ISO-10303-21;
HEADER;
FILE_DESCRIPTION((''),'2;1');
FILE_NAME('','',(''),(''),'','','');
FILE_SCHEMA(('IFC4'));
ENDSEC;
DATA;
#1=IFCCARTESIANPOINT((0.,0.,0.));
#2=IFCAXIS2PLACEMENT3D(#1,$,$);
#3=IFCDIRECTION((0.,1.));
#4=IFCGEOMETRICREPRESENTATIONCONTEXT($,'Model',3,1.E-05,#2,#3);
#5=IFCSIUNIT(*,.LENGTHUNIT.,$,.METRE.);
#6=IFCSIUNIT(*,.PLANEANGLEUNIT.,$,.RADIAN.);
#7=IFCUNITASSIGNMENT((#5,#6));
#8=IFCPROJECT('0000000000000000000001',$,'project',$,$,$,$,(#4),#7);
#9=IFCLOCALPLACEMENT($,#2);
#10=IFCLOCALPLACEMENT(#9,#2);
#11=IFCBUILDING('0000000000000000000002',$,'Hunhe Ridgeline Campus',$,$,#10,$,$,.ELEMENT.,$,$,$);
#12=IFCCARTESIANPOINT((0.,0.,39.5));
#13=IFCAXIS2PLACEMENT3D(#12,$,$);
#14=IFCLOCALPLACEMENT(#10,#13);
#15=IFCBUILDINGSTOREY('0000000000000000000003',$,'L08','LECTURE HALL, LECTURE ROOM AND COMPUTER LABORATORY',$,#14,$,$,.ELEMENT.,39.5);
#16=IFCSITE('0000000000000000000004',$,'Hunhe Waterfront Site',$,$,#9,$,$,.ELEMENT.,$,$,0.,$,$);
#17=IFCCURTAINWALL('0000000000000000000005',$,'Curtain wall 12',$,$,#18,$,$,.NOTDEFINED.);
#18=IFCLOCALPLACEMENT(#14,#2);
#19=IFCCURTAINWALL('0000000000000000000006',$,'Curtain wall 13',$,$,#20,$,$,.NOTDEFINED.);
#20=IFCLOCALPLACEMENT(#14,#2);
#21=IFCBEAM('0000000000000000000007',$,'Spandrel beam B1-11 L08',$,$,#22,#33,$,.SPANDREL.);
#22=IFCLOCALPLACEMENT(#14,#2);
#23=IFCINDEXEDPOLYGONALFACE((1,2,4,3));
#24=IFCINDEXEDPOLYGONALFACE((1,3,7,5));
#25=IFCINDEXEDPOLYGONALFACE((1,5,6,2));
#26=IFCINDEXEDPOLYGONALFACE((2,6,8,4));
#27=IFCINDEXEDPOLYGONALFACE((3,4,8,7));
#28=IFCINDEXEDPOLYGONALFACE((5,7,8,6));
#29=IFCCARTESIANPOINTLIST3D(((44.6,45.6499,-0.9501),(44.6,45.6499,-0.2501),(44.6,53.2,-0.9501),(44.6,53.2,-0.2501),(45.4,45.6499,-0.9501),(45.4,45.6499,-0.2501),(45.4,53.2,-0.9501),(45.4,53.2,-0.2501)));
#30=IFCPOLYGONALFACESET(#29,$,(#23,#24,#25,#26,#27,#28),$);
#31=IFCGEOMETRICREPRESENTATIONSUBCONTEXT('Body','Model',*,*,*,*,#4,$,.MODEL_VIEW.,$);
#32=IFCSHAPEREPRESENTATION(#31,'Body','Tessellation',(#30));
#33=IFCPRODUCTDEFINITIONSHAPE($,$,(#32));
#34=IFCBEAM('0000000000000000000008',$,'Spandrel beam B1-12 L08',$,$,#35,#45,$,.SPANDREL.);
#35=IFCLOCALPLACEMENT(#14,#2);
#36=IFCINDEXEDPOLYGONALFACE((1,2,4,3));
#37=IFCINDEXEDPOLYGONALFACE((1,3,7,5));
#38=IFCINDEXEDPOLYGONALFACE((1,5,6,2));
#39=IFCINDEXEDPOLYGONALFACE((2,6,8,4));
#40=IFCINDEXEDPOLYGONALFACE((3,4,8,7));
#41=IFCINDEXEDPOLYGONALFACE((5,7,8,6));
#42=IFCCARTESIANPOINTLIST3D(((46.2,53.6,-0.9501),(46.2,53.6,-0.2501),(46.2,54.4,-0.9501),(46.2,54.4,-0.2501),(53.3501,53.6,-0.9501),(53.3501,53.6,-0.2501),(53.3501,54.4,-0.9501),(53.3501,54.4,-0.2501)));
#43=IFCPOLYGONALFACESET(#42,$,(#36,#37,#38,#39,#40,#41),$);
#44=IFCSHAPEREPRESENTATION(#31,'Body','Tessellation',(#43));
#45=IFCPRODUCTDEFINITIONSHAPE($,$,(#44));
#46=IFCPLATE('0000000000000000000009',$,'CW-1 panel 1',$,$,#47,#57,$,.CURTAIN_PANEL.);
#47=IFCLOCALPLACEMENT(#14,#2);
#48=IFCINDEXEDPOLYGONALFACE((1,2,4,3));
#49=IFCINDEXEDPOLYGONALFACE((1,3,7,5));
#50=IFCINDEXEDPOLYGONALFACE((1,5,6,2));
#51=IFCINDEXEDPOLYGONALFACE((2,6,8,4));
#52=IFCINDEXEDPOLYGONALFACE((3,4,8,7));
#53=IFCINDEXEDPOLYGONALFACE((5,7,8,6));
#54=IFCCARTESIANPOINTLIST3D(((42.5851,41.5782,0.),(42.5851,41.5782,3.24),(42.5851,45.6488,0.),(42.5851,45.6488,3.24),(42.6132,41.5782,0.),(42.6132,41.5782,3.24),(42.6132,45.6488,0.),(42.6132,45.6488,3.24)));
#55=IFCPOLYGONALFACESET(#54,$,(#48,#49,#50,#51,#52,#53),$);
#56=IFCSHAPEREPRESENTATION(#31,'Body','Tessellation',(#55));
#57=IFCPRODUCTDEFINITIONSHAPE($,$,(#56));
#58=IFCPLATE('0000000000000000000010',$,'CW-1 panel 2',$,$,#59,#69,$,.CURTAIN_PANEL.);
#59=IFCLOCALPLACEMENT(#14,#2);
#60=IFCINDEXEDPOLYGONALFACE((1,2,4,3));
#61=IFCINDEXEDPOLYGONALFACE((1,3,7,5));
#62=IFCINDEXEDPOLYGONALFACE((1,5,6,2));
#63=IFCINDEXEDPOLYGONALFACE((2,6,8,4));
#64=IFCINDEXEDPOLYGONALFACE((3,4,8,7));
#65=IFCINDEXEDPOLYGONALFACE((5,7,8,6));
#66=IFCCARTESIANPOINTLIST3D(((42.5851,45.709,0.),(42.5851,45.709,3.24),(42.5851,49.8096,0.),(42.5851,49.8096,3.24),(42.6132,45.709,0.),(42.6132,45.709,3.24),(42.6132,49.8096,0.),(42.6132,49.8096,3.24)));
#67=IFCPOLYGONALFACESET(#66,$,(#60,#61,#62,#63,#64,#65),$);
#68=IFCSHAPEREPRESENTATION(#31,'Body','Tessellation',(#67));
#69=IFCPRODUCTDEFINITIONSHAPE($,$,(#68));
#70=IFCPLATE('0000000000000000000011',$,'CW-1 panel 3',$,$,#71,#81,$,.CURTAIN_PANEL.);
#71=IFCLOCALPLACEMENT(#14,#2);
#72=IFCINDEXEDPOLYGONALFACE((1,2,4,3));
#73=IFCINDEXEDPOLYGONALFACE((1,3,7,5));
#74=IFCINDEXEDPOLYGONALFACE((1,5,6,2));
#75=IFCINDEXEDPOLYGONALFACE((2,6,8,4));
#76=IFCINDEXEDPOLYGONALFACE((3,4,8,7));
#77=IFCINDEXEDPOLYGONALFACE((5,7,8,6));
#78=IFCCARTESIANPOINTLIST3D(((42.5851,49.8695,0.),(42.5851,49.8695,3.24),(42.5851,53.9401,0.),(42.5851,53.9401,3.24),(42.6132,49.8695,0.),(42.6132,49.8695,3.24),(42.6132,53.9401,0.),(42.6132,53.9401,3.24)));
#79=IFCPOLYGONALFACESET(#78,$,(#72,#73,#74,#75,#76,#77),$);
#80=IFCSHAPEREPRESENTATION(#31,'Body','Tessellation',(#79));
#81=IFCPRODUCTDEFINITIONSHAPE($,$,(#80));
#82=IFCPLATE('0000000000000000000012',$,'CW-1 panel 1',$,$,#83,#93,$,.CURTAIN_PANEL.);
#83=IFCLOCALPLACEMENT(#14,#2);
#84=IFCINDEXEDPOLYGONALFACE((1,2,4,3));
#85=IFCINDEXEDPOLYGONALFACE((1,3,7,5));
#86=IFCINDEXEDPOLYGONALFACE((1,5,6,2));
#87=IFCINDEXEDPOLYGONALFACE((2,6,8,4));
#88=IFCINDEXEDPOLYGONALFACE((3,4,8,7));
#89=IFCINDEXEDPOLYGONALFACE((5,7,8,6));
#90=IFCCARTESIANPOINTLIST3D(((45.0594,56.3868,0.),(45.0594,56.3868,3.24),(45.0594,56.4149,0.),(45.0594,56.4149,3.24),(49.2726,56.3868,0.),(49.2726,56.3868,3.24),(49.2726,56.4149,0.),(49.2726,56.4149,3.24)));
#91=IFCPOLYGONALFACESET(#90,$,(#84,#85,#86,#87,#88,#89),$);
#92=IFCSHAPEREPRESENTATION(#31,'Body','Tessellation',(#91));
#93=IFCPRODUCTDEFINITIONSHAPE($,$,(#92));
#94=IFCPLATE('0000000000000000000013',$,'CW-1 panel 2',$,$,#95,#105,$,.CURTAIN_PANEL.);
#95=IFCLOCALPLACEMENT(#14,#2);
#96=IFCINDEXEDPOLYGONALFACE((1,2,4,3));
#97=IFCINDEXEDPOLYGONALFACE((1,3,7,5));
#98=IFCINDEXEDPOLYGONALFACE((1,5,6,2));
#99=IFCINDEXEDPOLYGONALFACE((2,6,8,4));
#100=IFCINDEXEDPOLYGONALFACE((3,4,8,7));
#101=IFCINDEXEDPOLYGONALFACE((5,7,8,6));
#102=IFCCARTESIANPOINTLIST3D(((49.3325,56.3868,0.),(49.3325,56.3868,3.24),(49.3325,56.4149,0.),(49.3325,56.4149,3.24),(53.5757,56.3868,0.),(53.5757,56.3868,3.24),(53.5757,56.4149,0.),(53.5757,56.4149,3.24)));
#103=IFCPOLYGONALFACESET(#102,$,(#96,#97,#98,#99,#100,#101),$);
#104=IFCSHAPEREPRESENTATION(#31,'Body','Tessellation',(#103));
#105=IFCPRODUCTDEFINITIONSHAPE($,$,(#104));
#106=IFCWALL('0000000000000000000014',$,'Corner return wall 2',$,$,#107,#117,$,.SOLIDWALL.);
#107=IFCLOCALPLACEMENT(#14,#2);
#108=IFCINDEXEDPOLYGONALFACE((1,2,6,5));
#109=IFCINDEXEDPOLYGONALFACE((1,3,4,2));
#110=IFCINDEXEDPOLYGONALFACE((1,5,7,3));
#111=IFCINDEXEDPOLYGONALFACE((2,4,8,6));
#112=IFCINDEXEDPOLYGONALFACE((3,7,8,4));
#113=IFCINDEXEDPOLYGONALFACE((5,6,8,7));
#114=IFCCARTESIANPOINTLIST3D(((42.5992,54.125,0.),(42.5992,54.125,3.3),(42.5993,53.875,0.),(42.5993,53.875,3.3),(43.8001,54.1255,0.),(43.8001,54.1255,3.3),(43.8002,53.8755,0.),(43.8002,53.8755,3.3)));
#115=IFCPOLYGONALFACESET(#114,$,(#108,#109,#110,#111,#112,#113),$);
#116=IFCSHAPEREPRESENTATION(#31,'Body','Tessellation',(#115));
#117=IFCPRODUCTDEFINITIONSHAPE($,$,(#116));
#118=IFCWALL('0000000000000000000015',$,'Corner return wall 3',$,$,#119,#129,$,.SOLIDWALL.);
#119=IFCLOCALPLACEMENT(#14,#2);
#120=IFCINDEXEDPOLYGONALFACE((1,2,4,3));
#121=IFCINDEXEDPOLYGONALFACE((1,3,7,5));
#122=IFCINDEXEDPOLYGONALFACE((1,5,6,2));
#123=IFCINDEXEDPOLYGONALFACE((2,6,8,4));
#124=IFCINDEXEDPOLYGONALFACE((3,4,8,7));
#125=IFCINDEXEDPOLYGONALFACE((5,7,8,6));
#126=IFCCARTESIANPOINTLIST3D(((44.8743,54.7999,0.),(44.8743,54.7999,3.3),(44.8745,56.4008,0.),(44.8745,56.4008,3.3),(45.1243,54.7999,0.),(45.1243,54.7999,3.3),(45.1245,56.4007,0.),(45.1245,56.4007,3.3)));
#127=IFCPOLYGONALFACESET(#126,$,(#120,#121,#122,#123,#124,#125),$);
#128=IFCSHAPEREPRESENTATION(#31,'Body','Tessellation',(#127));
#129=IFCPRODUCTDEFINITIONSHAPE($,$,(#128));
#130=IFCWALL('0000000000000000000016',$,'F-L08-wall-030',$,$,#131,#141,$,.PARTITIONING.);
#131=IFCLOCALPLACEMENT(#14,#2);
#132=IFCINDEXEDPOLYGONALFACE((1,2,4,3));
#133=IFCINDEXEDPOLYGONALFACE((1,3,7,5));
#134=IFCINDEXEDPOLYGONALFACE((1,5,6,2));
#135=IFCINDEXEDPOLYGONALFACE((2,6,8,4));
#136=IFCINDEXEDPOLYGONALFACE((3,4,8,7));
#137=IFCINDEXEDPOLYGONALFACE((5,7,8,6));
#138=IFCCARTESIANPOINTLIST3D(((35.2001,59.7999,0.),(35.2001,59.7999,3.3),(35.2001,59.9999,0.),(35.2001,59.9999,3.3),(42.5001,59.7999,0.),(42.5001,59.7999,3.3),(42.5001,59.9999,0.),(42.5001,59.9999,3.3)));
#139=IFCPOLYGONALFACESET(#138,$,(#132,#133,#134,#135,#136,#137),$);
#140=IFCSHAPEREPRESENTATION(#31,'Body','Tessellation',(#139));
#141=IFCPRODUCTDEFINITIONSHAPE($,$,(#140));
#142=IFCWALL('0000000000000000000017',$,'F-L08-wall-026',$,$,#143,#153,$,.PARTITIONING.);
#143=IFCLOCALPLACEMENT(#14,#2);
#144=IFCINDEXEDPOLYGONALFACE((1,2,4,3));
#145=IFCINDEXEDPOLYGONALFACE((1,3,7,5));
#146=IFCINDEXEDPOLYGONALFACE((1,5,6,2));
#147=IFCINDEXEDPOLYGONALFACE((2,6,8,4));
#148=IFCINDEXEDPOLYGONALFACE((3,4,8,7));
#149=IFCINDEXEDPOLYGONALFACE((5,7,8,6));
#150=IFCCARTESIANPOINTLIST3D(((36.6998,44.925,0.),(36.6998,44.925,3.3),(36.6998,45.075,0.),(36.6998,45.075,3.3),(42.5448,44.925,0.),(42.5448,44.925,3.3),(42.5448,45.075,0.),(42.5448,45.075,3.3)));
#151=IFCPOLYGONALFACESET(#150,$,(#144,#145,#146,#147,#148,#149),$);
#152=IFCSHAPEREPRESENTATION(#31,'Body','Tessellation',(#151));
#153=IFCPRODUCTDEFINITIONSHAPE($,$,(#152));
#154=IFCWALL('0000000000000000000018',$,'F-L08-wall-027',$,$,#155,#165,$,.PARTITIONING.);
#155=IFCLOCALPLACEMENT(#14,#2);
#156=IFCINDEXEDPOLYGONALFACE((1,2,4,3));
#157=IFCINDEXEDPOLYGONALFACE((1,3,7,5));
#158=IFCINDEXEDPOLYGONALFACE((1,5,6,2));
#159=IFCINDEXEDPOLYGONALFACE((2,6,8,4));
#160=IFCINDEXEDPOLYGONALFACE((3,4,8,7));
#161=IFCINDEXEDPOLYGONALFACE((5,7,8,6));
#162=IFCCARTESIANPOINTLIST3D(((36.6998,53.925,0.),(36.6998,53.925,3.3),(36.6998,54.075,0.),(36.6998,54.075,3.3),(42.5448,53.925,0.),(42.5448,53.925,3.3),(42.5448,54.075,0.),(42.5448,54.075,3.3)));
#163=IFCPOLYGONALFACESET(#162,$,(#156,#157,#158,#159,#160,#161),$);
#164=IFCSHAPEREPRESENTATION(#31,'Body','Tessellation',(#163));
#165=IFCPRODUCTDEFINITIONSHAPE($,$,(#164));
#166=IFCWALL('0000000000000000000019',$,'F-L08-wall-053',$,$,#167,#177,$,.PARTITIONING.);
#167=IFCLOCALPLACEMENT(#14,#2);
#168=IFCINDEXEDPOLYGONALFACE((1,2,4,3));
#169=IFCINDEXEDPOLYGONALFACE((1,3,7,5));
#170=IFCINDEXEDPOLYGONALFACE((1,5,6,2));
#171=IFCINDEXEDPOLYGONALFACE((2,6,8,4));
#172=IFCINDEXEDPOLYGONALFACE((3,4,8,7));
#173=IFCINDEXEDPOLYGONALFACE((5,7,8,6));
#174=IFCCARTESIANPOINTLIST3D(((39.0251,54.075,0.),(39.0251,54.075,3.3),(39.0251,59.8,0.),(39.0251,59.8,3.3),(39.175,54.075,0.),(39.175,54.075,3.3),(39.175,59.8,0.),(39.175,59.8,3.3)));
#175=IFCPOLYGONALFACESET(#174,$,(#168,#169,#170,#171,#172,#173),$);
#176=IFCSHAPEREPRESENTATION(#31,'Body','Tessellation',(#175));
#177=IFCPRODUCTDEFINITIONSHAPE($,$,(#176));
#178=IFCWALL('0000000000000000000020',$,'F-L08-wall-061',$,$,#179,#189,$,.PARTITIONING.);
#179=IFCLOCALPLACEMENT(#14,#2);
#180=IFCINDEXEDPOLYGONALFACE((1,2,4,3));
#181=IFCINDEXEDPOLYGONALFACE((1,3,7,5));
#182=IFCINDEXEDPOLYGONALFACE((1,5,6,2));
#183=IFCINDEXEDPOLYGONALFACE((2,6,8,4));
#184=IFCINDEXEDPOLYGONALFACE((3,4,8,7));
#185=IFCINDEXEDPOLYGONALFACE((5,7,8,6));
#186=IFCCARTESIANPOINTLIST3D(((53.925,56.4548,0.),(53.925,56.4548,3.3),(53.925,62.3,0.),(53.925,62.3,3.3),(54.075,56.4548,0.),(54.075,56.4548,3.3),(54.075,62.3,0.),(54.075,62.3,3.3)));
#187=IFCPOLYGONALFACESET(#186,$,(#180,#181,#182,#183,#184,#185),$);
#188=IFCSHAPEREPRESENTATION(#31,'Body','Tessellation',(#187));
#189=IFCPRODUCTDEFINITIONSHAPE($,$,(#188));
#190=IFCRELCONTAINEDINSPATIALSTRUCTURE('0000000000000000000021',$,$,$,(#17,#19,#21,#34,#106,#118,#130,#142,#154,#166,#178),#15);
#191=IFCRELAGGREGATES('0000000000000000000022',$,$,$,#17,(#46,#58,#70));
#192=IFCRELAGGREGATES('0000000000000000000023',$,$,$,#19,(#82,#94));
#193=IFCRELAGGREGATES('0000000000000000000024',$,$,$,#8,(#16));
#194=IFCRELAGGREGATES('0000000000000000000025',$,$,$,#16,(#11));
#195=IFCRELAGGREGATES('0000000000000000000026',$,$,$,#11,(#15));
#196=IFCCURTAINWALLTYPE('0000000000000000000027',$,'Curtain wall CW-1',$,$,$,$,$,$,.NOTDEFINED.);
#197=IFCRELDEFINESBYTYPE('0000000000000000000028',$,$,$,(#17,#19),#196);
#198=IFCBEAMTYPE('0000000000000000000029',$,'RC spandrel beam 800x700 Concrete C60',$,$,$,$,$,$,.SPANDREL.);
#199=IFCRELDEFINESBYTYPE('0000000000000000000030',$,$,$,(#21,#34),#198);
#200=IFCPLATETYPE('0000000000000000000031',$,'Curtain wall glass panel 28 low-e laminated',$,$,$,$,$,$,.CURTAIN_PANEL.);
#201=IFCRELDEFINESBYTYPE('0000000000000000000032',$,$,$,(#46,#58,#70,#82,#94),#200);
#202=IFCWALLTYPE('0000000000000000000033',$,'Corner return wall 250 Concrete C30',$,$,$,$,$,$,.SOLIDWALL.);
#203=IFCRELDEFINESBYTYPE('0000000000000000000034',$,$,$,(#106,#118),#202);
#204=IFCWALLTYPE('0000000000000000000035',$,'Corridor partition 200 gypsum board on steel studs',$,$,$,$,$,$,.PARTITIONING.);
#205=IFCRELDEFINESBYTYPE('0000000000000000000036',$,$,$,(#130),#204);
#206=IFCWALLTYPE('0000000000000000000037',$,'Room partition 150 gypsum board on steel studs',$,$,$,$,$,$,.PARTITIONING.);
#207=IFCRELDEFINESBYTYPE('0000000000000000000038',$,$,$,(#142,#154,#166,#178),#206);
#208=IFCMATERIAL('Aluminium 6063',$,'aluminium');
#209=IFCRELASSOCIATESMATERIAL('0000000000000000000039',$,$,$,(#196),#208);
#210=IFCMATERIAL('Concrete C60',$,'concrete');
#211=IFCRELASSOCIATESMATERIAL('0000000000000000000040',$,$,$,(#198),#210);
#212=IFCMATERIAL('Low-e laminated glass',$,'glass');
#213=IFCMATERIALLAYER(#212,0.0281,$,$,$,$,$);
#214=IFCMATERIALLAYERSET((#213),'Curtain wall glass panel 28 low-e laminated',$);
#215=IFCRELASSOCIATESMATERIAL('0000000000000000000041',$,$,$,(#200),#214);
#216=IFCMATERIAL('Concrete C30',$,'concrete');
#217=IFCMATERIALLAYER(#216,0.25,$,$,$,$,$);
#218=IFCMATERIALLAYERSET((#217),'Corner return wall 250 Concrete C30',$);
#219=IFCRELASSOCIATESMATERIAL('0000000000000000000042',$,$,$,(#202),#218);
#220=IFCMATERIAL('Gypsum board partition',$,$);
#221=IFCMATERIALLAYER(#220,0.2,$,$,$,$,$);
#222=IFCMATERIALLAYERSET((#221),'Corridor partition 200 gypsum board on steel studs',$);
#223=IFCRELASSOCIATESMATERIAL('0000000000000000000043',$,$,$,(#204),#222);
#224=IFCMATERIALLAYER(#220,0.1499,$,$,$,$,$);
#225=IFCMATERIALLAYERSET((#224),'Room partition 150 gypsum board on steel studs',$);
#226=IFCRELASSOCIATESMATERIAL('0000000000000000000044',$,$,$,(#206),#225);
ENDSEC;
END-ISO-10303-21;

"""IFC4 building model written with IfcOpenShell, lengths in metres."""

from ifc_helpers import new_model, si_unit, direction, frame, frame_2d, origin, origin_2d, place, context, subcontext, project, spatial, rectangle, extrude, material, layer, layer_set, material_profile, profile_set, type_object, element, aggregate, save


model = new_model("IFC4")

# Units and contexts
model_context = context("Model", 3, precision=1e-05, world=origin(), true_north=direction((0.0, 1.0)))
body_context = subcontext(model_context, "Body", "Model", "MODEL_VIEW")
ifc_project = project(units=[si_unit("LENGTHUNIT", "METRE"), si_unit("PLANEANGLEUNIT", "RADIAN")], contexts=[model_context])

# Site, building, storey
site_placement = place(None, origin())
site = spatial("IfcSite", under=ifc_project, at=site_placement, Name="Hunhe Waterfront Site", CompositionType="ELEMENT", RefElevation=0.0)
building_placement = place(site_placement, origin())
building = spatial("IfcBuilding", under=site, at=building_placement, Name="Hunhe Ridgeline Campus", CompositionType="ELEMENT")
storey_placement = place(building_placement, frame((0.0, 0.0, 39.5)))
storey = spatial("IfcBuildingStorey", under=building, at=storey_placement, Name="L08", Description="LECTURE HALL, LECTURE ROOM AND COMPUTER LABORATORY", CompositionType="ELEMENT", Elevation=39.5)

# Curtain walls
ifc_material_1 = material(Name="Aluminium 6063", Category="aluminium")
curtain_wall_type = type_object("IfcCurtainWallType", Name="Curtain wall CW-1", PredefinedType="NOTDEFINED", material=ifc_material_1)
curtain_wall_1_placement = place(storey_placement, origin())
curtain_wall_1 = element("IfcCurtainWall", 1, at=curtain_wall_1_placement, inside=storey, type_object=curtain_wall_type, Name="Curtain wall 12", PredefinedType="NOTDEFINED")
curtain_wall_2_placement = place(storey_placement, origin())
curtain_wall_2 = element("IfcCurtainWall", 2, at=curtain_wall_2_placement, inside=storey, type_object=curtain_wall_type, Name="Curtain wall 13", PredefinedType="NOTDEFINED")

# Beams
ifc_material_2 = material(Name="Concrete C60", Category="concrete")
ifc_material_profile_1 = material_profile(ifc_material_2, rectangle(XDim=0.8, YDim=0.7, at=origin_2d()))
ifc_profile_set_1 = profile_set([ifc_material_profile_1], Name="Concrete C60")
beam_type = type_object("IfcBeamType", Name="RC spandrel beam 800x700 Concrete C60", PredefinedType="SPANDREL", material=ifc_profile_set_1)
beam_1_placement = place(storey_placement, frame((45.0, 45.6499, -0.6001), z_axis=(0.0, 1.0, 0.0), x_axis=(-1.0, 0.0, 0.0)))
element("IfcBeam", 3, at=beam_1_placement, inside=storey, type_object=beam_type, Name="Spandrel beam B1-11 L08", PredefinedType="SPANDREL", context=body_context, shape_type="SweptSolid", body=[
    extrude(rectangle(XDim=0.8, YDim=0.7, at=origin_2d()), origin(), (0.0, 0.0, 1.0), 7.55),
])
beam_2_placement = place(storey_placement, frame((46.2, 54.0, -0.6001), z_axis=(1.0, 0.0, 0.0), x_axis=(0.0, 1.0, 0.0)))
element("IfcBeam", 4, at=beam_2_placement, inside=storey, type_object=beam_type, Name="Spandrel beam B1-12 L08", PredefinedType="SPANDREL", context=body_context, shape_type="SweptSolid", body=[
    extrude(rectangle(XDim=0.8, YDim=0.7, at=origin_2d()), origin(), (0.0, 0.0, 1.0), 7.1501),
])

# Plates
ifc_material_3 = material(Name="Low-e laminated glass", Category="glass")
ifc_layer_1 = layer(ifc_material_3, 0.0281)
ifc_layer_set_1 = layer_set([ifc_layer_1], Name="Curtain wall glass panel 28 low-e laminated")
plate_type = type_object("IfcPlateType", Name="Curtain wall glass panel 28 low-e laminated", PredefinedType="CURTAIN_PANEL", material=ifc_layer_set_1)
plate_1_placement = place(storey_placement, frame((42.5991, 43.6135, 0.0), z_axis=(0.0, 0.0, 1.0), x_axis=(0.0, 1.0, 0.0)))
plate_1 = element("IfcPlate", 5, at=plate_1_placement, type_object=plate_type, Name="CW-1 panel 1", PredefinedType="CURTAIN_PANEL", context=body_context, shape_type="SweptSolid", body=[
    extrude(rectangle(XDim=4.0706, YDim=0.0281, at=origin_2d()), origin(), (0.0, 0.0, 1.0), 3.24),
])
plate_2_placement = place(storey_placement, frame((42.5991, 47.7593, 0.0), z_axis=(0.0, 0.0, 1.0), x_axis=(0.0, 1.0, 0.0)))
plate_2 = element("IfcPlate", 6, at=plate_2_placement, type_object=plate_type, Name="CW-1 panel 2", PredefinedType="CURTAIN_PANEL", context=body_context, shape_type="SweptSolid", body=[
    extrude(rectangle(XDim=4.1006, YDim=0.0281, at=origin_2d()), origin(), (0.0, 0.0, 1.0), 3.24),
])
plate_3_placement = place(storey_placement, frame((42.5991, 51.9048, 0.0), z_axis=(0.0, 0.0, 1.0), x_axis=(0.0, 1.0, 0.0)))
plate_3 = element("IfcPlate", 7, at=plate_3_placement, type_object=plate_type, Name="CW-1 panel 3", PredefinedType="CURTAIN_PANEL", context=body_context, shape_type="SweptSolid", body=[
    extrude(rectangle(XDim=4.0706, YDim=0.0281, at=origin_2d()), origin(), (0.0, 0.0, 1.0), 3.24),
])
aggregate(curtain_wall_1, [plate_1, plate_2, plate_3])
plate_4_placement = place(storey_placement, frame((47.166, 56.4009, 0.0), z_axis=(0.0, 0.0, 1.0), x_axis=(1.0, 0.000004, 0.0)))
plate_4 = element("IfcPlate", 8, at=plate_4_placement, type_object=plate_type, Name="CW-1 panel 1", PredefinedType="CURTAIN_PANEL", context=body_context, shape_type="SweptSolid", body=[
    extrude(rectangle(XDim=4.2131, YDim=0.0281, at=origin_2d()), origin(), (0.0, 0.0, 1.0), 3.24),
])
plate_5_placement = place(storey_placement, frame((51.4541, 56.4009, 0.0), z_axis=(0.0, 0.0, 1.0), x_axis=(1.0, 0.000004, 0.0)))
plate_5 = element("IfcPlate", 9, at=plate_5_placement, type_object=plate_type, Name="CW-1 panel 2", PredefinedType="CURTAIN_PANEL", context=body_context, shape_type="SweptSolid", body=[
    extrude(rectangle(XDim=4.2432, YDim=0.0281, at=origin_2d()), origin(), (0.0, 0.0, 1.0), 3.24),
])
aggregate(curtain_wall_2, [plate_4, plate_5])

# Walls
ifc_material_4 = material(Name="Concrete C30", Category="concrete")
ifc_layer_2 = layer(ifc_material_4, 0.25)
ifc_layer_set_2 = layer_set([ifc_layer_2], Name="Corner return wall 250 Concrete C30")
wall_type_1 = type_object("IfcWallType", Name="Corner return wall 250 Concrete C30", PredefinedType="SOLIDWALL", material=ifc_layer_set_2)
wall_1_placement = place(storey_placement, frame((42.5991, 54.0, 0.0), z_axis=(0.0, 0.0, 1.0), x_axis=(1.0, 0.000407, 0.0)))
element("IfcWall", 10, at=wall_1_placement, inside=storey, type_object=wall_type_1, Name="Corner return wall 2", PredefinedType="SOLIDWALL", context=body_context, shape_type="SweptSolid", body=[
    extrude(rectangle(XDim=1.2009, YDim=0.25, at=frame_2d((0.6006, 0.0))), origin(), (0.0, 0.0, 1.0), 3.3),
])
wall_2_placement = place(storey_placement, frame((44.9993, 54.8, 0.0), z_axis=(0.0, 0.0, 1.0), x_axis=(0.000153, 1.0, 0.0)))
element("IfcWall", 11, at=wall_2_placement, inside=storey, type_object=wall_type_1, Name="Corner return wall 3", PredefinedType="SOLIDWALL", context=body_context, shape_type="SweptSolid", body=[
    extrude(rectangle(XDim=1.6008, YDim=0.25, at=frame_2d((0.8003, 0.0))), origin(), (0.0, 0.0, 1.0), 3.3),
])
ifc_material_5 = material(Name="Gypsum board partition")
ifc_layer_3 = layer(ifc_material_5, 0.2)
ifc_layer_set_3 = layer_set([ifc_layer_3], Name="Corridor partition 200 gypsum board on steel studs")
wall_type_2 = type_object("IfcWallType", Name="Corridor partition 200 gypsum board on steel studs", PredefinedType="PARTITIONING", material=ifc_layer_set_3)
wall_3_placement = place(storey_placement, frame((42.5, 59.8999, 0.0), z_axis=(0.0, 0.0, 1.0), x_axis=(-1.0, 0.0, 0.0)))
element("IfcWall", 12, at=wall_3_placement, inside=storey, type_object=wall_type_2, Name="F-L08-wall-030", PredefinedType="PARTITIONING", context=body_context, shape_type="SweptSolid", body=[
    extrude(rectangle(XDim=7.3, YDim=0.2, at=frame_2d((3.6499, 0.0))), origin(), (0.0, 0.0, 1.0), 3.3),
])
ifc_layer_4 = layer(ifc_material_5, 0.1499)
ifc_layer_set_4 = layer_set([ifc_layer_4], Name="Room partition 150 gypsum board on steel studs")
wall_type_3 = type_object("IfcWallType", Name="Room partition 150 gypsum board on steel studs", PredefinedType="PARTITIONING", material=ifc_layer_set_4)
for number, where, z_axis, x_axis, name in (
    (13, (36.7, 45.0, 0.0), (0.0, 0.0, 1.0), (1.0, 0.0, 0.0), "F-L08-wall-026"),
    (14, (36.7, 54.0, 0.0), (0.0, 0.0, 1.0), (1.0, 0.0, 0.0), "F-L08-wall-027"),
):
    element("IfcWall", number, at=place(storey_placement, frame(where, z_axis=z_axis, x_axis=x_axis)), inside=storey, type_object=wall_type_3, Name=name, PredefinedType="PARTITIONING", context=body_context, shape_type="SweptSolid", body=[
        extrude(rectangle(XDim=5.845, YDim=0.1499, at=frame_2d((2.9224, 0.0))), origin(), (0.0, 0.0, 1.0), 3.3),
    ])
wall_4_placement = place(storey_placement, frame((39.1001, 59.8, 0.0), z_axis=(0.0, 0.0, 1.0), x_axis=(0.0, -1.0, 0.0)))
element("IfcWall", 15, at=wall_4_placement, inside=storey, type_object=wall_type_3, Name="F-L08-wall-053", PredefinedType="PARTITIONING", context=body_context, shape_type="SweptSolid", body=[
    extrude(rectangle(XDim=5.7251, YDim=0.1499, at=frame_2d((2.8625, 0.0))), origin(), (0.0, 0.0, 1.0), 3.3),
])
wall_5_placement = place(storey_placement, frame((54.0, 62.3, 0.0), z_axis=(0.0, 0.0, 1.0), x_axis=(0.0, -1.0, 0.0)))
element("IfcWall", 16, at=wall_5_placement, inside=storey, type_object=wall_type_3, Name="F-L08-wall-061", PredefinedType="PARTITIONING", context=body_context, shape_type="SweptSolid", body=[
    extrude(rectangle(XDim=5.8452, YDim=0.1499, at=frame_2d((2.9226, 0.0))), origin(), (0.0, 0.0, 1.0), 3.3),
])

save(model, "model.ifc")
